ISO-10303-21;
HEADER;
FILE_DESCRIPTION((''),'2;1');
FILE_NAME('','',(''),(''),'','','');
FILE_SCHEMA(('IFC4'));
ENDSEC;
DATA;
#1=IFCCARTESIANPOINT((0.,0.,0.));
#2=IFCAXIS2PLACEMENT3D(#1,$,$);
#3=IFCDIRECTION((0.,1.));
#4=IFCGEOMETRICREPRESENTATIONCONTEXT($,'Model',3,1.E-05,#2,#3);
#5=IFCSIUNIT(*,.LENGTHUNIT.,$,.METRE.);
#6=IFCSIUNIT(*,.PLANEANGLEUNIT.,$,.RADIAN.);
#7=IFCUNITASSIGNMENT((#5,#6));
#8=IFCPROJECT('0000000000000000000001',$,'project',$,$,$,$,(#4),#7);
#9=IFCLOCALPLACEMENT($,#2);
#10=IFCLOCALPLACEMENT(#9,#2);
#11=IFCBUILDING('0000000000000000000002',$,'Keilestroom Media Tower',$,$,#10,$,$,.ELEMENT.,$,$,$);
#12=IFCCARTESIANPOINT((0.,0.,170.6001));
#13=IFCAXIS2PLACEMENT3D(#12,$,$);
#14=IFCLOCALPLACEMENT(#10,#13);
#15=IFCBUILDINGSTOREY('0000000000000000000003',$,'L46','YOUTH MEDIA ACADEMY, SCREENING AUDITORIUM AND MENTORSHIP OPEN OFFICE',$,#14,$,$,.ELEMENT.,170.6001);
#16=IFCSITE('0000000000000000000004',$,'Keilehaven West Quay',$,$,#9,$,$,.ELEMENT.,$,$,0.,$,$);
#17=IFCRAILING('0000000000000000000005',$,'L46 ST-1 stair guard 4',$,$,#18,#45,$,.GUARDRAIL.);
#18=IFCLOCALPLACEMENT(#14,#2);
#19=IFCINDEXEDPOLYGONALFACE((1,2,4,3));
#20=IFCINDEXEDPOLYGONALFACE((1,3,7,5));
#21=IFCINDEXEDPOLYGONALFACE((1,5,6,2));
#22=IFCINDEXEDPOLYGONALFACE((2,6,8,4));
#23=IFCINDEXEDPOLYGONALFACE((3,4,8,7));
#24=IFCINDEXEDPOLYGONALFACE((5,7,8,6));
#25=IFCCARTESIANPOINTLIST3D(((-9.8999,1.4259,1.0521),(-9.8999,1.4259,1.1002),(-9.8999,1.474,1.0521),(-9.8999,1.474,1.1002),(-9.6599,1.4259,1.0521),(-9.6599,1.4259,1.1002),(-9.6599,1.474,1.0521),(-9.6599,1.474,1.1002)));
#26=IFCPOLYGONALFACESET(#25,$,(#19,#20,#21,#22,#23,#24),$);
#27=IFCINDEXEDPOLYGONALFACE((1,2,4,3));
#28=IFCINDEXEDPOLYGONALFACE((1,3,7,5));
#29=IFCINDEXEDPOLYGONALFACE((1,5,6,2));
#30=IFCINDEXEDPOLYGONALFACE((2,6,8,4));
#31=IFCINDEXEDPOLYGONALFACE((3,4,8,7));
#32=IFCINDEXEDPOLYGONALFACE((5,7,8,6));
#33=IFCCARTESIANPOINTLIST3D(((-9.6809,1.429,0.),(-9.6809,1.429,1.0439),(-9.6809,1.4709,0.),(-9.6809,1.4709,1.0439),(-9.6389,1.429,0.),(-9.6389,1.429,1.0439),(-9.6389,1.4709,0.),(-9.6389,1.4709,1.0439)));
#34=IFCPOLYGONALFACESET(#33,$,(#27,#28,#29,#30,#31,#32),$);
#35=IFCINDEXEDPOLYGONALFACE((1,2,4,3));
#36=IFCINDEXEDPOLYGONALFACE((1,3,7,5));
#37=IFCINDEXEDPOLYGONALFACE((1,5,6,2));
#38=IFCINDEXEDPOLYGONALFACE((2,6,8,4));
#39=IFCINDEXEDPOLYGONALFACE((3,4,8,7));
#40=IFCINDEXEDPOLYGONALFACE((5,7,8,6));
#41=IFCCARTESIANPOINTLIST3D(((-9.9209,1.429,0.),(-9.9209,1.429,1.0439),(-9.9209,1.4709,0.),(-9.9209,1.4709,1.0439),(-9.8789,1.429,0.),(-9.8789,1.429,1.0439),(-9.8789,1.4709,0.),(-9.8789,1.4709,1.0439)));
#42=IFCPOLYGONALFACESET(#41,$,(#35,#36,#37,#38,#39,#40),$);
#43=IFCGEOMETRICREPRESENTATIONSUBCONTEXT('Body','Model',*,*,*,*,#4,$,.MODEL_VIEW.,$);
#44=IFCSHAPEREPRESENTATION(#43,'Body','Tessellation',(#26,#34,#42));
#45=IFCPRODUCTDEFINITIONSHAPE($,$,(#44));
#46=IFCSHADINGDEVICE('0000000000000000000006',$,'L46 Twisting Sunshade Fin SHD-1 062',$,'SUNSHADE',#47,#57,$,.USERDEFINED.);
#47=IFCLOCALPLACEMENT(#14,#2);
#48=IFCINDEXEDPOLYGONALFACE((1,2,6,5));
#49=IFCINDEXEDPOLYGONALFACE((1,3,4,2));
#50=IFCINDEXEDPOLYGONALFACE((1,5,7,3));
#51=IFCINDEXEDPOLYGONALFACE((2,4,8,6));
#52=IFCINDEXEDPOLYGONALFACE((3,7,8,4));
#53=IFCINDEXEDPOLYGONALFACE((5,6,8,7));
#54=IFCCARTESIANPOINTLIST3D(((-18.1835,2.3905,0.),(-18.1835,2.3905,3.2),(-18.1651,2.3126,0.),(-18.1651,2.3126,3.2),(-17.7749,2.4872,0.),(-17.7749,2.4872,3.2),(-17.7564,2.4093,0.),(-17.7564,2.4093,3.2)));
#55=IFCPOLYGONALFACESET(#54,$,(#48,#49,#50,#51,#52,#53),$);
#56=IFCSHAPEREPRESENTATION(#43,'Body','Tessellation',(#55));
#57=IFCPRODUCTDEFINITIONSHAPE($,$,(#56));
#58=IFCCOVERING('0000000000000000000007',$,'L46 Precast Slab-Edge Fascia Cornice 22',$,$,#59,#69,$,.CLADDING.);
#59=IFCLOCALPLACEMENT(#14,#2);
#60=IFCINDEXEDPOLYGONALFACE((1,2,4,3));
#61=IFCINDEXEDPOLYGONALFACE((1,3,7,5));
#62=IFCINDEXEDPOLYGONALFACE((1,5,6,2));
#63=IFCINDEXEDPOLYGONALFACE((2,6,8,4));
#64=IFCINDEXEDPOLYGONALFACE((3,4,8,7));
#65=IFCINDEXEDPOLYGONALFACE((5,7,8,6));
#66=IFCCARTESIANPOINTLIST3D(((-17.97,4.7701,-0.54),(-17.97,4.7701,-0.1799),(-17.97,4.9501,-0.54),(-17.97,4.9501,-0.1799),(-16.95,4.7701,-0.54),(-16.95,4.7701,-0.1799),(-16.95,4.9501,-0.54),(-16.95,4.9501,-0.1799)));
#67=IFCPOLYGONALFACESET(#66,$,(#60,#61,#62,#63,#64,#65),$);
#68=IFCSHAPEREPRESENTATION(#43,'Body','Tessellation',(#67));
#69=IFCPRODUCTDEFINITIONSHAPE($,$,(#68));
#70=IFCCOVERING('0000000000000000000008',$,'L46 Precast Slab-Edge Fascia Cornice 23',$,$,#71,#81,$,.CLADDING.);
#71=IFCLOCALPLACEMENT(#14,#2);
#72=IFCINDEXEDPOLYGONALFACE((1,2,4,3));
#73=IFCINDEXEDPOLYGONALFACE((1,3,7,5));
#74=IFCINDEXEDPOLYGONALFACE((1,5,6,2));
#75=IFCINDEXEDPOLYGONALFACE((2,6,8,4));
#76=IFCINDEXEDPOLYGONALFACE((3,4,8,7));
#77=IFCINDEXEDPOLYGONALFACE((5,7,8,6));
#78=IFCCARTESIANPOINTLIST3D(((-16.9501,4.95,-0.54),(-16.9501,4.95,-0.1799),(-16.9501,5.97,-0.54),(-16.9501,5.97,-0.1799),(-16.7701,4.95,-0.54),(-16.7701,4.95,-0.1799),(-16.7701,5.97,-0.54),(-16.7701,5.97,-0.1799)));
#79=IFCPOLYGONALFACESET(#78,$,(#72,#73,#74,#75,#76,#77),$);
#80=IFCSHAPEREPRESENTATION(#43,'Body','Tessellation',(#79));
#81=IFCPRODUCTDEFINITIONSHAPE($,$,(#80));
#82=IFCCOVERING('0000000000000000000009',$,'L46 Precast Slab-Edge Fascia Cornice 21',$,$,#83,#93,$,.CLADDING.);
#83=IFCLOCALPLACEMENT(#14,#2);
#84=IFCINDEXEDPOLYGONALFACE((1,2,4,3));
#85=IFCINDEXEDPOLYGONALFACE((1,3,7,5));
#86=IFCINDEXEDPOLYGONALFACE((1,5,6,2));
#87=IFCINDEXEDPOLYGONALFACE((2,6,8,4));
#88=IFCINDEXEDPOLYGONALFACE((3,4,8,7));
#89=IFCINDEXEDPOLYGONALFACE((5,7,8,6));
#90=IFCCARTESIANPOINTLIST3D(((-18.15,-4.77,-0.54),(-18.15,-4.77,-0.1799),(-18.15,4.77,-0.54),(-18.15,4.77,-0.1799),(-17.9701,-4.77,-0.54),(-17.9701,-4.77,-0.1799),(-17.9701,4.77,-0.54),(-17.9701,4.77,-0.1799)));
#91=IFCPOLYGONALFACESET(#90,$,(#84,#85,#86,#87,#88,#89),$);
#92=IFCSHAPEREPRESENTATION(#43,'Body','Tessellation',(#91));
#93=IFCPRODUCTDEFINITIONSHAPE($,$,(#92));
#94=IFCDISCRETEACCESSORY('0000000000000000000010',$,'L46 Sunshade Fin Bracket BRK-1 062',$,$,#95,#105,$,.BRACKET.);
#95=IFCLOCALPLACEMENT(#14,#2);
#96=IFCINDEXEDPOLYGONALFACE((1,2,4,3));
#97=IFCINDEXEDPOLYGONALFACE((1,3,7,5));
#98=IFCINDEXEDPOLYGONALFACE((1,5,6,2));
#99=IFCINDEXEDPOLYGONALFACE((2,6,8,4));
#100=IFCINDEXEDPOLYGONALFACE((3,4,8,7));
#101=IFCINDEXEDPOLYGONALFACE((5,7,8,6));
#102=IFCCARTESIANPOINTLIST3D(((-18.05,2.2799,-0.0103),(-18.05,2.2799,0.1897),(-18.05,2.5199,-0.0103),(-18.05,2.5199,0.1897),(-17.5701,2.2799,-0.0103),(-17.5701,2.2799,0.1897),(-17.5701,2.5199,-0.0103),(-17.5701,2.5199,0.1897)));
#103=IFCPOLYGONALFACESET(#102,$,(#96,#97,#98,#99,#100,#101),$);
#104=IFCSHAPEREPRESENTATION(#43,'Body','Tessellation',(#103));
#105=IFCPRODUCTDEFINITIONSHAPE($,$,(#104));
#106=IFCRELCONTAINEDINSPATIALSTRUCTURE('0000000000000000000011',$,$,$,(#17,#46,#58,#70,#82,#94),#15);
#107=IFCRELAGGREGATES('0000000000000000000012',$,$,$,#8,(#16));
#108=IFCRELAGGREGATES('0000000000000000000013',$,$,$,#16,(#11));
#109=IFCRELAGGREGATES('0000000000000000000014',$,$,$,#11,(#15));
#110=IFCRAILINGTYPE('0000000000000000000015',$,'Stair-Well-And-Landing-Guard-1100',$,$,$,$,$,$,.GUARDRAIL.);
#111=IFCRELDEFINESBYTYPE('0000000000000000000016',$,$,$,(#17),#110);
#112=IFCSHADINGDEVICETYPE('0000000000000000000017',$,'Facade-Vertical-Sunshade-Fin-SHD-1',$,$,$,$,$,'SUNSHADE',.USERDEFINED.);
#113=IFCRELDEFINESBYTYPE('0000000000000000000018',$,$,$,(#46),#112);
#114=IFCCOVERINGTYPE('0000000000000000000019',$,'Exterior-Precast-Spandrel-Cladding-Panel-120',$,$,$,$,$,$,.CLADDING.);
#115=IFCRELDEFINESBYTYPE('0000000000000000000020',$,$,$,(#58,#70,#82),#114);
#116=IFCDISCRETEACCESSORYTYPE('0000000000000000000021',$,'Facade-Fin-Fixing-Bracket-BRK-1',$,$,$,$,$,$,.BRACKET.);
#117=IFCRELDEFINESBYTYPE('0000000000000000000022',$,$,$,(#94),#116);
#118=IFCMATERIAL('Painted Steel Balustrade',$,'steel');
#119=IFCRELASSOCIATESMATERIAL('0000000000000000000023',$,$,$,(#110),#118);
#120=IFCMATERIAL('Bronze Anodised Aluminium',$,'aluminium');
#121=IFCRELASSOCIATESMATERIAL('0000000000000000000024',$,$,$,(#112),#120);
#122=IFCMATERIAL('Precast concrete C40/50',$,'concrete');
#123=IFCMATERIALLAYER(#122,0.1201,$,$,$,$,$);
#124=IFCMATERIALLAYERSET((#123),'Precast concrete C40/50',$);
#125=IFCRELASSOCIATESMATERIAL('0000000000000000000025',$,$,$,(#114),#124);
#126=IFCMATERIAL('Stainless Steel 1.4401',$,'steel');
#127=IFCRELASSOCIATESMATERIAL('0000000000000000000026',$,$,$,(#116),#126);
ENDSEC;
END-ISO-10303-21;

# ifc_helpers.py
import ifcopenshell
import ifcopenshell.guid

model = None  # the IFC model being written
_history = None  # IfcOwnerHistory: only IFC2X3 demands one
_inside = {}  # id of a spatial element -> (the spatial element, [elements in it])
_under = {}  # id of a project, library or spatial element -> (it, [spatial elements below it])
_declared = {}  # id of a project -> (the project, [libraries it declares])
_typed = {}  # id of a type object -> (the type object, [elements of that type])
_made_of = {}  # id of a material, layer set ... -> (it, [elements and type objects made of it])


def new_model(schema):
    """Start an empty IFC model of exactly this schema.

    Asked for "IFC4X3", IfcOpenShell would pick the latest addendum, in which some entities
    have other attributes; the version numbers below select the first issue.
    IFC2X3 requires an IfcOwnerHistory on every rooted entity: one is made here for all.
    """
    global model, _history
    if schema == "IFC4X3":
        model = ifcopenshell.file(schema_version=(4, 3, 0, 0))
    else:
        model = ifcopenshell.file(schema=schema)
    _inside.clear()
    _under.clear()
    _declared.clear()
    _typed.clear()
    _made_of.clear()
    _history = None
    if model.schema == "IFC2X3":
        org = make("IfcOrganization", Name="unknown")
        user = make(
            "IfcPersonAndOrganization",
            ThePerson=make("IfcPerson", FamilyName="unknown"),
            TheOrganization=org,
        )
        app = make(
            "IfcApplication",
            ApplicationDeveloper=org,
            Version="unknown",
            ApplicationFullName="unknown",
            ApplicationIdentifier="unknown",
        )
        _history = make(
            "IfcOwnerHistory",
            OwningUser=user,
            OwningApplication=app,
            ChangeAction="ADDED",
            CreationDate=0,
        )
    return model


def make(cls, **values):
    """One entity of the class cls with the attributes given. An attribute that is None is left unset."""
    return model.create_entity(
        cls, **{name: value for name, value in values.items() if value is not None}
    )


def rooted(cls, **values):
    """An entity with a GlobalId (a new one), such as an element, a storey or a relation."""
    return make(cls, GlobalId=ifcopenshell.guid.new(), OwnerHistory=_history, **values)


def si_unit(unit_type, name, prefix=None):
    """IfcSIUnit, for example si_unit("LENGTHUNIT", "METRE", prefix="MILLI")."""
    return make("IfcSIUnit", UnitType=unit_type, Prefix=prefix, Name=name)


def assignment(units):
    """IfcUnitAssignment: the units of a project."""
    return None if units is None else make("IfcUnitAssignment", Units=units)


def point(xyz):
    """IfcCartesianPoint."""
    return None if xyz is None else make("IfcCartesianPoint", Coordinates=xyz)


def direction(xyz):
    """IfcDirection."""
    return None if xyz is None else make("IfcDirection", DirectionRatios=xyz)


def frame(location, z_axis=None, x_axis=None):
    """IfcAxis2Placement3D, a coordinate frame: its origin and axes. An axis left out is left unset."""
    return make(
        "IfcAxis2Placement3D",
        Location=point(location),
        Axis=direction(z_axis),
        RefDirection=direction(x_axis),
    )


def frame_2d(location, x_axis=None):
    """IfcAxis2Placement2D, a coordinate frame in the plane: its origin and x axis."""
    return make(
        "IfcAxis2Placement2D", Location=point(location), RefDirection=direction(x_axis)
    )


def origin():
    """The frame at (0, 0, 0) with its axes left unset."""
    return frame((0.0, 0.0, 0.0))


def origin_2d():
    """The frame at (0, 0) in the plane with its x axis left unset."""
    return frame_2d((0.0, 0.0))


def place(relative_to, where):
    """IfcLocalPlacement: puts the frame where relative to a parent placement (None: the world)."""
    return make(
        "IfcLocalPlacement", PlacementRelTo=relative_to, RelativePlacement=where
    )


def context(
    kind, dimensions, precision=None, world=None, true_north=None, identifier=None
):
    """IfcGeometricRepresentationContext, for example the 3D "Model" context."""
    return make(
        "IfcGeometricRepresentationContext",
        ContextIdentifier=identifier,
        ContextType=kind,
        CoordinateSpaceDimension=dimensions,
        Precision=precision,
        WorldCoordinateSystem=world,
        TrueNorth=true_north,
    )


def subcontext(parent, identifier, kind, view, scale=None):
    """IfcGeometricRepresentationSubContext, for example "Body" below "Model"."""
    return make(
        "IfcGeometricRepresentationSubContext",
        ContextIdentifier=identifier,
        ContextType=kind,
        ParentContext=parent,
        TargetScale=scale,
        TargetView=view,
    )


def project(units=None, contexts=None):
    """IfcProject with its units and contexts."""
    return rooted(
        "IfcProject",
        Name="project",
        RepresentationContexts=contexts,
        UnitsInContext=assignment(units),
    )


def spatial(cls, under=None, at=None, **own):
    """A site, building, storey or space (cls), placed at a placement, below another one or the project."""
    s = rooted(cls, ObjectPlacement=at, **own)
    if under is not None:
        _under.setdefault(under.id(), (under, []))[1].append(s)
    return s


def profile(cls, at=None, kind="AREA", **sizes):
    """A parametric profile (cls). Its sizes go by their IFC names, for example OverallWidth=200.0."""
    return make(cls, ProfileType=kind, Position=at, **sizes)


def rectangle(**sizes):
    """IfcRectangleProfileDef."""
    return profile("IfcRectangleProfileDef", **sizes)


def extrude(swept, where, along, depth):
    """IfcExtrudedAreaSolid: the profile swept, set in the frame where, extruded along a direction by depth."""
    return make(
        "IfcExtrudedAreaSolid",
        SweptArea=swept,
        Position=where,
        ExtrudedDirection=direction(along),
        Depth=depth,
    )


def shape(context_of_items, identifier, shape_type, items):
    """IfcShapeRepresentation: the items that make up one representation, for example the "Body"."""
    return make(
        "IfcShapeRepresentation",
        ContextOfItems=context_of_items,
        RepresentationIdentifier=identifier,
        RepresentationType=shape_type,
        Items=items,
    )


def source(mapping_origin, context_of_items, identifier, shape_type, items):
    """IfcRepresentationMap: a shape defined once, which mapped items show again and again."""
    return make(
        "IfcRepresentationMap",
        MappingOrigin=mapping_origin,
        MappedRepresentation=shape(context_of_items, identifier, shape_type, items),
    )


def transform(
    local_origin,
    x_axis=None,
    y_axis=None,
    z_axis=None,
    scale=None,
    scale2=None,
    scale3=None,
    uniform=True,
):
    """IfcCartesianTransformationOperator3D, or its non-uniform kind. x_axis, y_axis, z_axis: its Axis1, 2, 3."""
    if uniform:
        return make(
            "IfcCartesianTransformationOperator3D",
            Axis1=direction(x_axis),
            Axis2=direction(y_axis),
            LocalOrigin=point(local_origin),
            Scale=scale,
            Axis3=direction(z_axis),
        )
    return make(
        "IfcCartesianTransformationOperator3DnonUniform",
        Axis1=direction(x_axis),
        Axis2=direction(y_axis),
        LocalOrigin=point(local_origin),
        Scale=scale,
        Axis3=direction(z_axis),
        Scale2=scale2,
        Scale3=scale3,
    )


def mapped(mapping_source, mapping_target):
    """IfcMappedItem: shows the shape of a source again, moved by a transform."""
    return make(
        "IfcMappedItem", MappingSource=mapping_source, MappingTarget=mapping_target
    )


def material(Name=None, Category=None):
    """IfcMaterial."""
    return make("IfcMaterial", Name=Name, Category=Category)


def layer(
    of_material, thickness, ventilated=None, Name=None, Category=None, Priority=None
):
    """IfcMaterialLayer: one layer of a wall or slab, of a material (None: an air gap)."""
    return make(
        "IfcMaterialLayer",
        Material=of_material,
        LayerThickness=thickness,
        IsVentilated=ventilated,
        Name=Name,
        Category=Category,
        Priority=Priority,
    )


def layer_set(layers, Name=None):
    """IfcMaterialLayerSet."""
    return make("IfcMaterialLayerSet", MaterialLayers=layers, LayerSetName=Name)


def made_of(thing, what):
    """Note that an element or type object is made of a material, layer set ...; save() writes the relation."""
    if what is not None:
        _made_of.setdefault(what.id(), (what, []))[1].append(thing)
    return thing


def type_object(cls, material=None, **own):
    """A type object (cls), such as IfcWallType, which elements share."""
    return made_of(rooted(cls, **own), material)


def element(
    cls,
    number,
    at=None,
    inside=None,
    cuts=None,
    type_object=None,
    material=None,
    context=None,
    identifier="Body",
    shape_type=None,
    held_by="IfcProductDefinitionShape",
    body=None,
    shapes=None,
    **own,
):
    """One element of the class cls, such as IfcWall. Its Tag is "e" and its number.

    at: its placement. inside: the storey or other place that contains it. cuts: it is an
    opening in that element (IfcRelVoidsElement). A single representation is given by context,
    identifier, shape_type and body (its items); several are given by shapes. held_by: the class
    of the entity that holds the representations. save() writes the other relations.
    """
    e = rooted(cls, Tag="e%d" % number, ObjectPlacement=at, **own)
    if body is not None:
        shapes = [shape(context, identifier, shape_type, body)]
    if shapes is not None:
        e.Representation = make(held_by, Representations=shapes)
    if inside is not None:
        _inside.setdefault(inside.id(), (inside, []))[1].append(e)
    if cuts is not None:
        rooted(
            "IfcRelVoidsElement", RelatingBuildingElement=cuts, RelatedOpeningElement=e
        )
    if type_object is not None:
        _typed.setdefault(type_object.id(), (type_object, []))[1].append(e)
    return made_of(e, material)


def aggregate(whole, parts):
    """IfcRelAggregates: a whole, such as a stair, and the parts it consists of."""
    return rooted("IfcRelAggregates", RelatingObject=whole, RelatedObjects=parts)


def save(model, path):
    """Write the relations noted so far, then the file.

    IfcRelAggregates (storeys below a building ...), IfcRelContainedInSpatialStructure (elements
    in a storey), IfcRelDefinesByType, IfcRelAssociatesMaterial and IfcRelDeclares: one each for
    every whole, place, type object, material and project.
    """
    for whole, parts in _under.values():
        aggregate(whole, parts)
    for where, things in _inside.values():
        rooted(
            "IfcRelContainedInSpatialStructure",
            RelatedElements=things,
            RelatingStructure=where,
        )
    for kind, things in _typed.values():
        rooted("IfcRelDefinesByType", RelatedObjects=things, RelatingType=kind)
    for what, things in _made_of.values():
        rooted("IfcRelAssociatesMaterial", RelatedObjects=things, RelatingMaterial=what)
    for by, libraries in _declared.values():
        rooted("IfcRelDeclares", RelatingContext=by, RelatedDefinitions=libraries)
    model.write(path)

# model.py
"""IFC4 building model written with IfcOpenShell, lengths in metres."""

from ifc_helpers import new_model, si_unit, direction, frame, origin, origin_2d, place, context, subcontext, project, spatial, rectangle, extrude, source, transform, mapped, material, layer, layer_set, type_object, element, save


model = new_model("IFC4")

# Units and contexts
model_context = context("Model", 3, precision=1e-05, world=origin(), true_north=direction((0.0, 1.0)))
body_context = subcontext(model_context, "Body", "Model", "MODEL_VIEW")
ifc_project = project(units=[si_unit("LENGTHUNIT", "METRE"), si_unit("PLANEANGLEUNIT", "RADIAN")], contexts=[model_context])

# Site, building, storey
site_placement = place(None, origin())
site = spatial("IfcSite", under=ifc_project, at=site_placement, Name="Keilehaven West Quay", CompositionType="ELEMENT", RefElevation=0.0)
building_placement = place(site_placement, origin())
building = spatial("IfcBuilding", under=site, at=building_placement, Name="Keilestroom Media Tower", CompositionType="ELEMENT")
storey_placement = place(building_placement, frame((0.0, 0.0, 170.6001)))
storey = spatial("IfcBuildingStorey", under=building, at=storey_placement, Name="L46", Description="YOUTH MEDIA ACADEMY, SCREENING AUDITORIUM AND MENTORSHIP OPEN OFFICE", CompositionType="ELEMENT", Elevation=170.6001)

# Shared definitions
ifc_material_1 = material(Name="Precast concrete C40/50", Category="concrete")

# Railing
ifc_material_2 = material(Name="Painted Steel Balustrade", Category="steel")
railing_type_1 = type_object("IfcRailingType", Name="Stair-Well-And-Landing-Guard-1100", PredefinedType="GUARDRAIL", material=ifc_material_2)
railing_1_placement = place(storey_placement, frame((-9.6599, 1.45, 0.0)))
element("IfcRailing", 1, at=railing_1_placement, inside=storey, type_object=railing_type_1, Name="L46 ST-1 stair guard 4", PredefinedType="GUARDRAIL", context=body_context, shape_type="SweptSolid", body=[
    extrude(rectangle(XDim=0.0481, YDim=0.0481, at=origin_2d()), frame((0.0, 0.0, 1.0762), z_axis=(-1.0, 0.0, 0.0), x_axis=(0.0, -1.0, 0.0)), (0.0, 0.0, 1.0), 0.24),
    extrude(rectangle(XDim=0.042, YDim=0.042, at=origin_2d()), origin(), (0.0, 0.0, 1.0), 1.0439),
    extrude(rectangle(XDim=0.042, YDim=0.042, at=origin_2d()), frame((-0.24, 0.0, 0.0)), (0.0, 0.0, 1.0), 1.0439),
])

# Shading device
ifc_material_3 = material(Name="Bronze Anodised Aluminium", Category="aluminium")
shading_device_type = type_object("IfcShadingDeviceType", Name="Facade-Vertical-Sunshade-Fin-SHD-1", ElementType="SUNSHADE", PredefinedType="USERDEFINED", material=ifc_material_3)
shared_shape_1 = source(origin(), body_context, "Body", "SweptSolid", [
    extrude(rectangle(XDim=0.4199, YDim=0.0801, at=origin_2d()), origin(), (0.0, 0.0, 1.0), 3.2),
])
shading_device_placement = place(storey_placement, frame((-17.97, 2.3999, 0.0), z_axis=(0.0, 0.0, 1.0), x_axis=(0.973099, 0.230389, 0.0)))
element("IfcShadingDevice", 2, at=shading_device_placement, inside=storey, type_object=shading_device_type, Name="L46 Twisting Sunshade Fin SHD-1 062", ObjectType="SUNSHADE", PredefinedType="USERDEFINED", context=body_context, shape_type="MappedRepresentation", body=[
    mapped(shared_shape_1, transform((0.0, 0.0, 0.0), x_axis=(1.0, 0.0, 0.0), y_axis=(0.0, 1.0, 0.0), z_axis=(0.0, 0.0, 1.0), scale=1.0)),
])

# Coverings
ifc_layer_1 = layer(ifc_material_1, 0.1201)
ifc_layer_set_1 = layer_set([ifc_layer_1], Name="Precast concrete C40/50")
covering_type = type_object("IfcCoveringType", Name="Exterior-Precast-Spandrel-Cladding-Panel-120", PredefinedType="CLADDING", material=ifc_layer_set_1)
shared_shape_2 = source(origin(), body_context, "Body", "SweptSolid", [
    extrude(rectangle(XDim=1.02, YDim=0.1799, at=origin_2d()), origin(), (0.0, 0.0, 1.0), 0.3601),
])
for number, where, z_axis, x_axis, name in (
    (3, (-17.46, 4.8601, -0.54), (0.0, 0.0, 1.0), (1.0, 0.0, 0.0), "L46 Precast Slab-Edge Fascia Cornice 22"),
    (4, (-16.8601, 5.46, -0.54), (0.0, 0.0, 1.0), (0.0, 1.0, 0.0), "L46 Precast Slab-Edge Fascia Cornice 23"),
):
    element("IfcCovering", number, at=place(storey_placement, frame(where, z_axis=z_axis, x_axis=x_axis)), inside=storey, type_object=covering_type, Name=name, PredefinedType="CLADDING", context=body_context, shape_type="MappedRepresentation", body=[
        mapped(shared_shape_2, transform((0.0, 0.0, 0.0), x_axis=(1.0, 0.0, 0.0), y_axis=(0.0, 1.0, 0.0), z_axis=(0.0, 0.0, 1.0), scale=1.0)),
    ])
shared_shape_3 = source(origin(), body_context, "Body", "SweptSolid", [
    extrude(rectangle(XDim=9.54, YDim=0.1799, at=origin_2d()), origin(), (0.0, 0.0, 1.0), 0.3601),
])
covering_placement = place(storey_placement, frame((-18.0601, 0.0, -0.54), z_axis=(0.0, 0.0, 1.0), x_axis=(0.0, 1.0, 0.0)))
element("IfcCovering", 5, at=covering_placement, inside=storey, type_object=covering_type, Name="L46 Precast Slab-Edge Fascia Cornice 21", PredefinedType="CLADDING", context=body_context, shape_type="MappedRepresentation", body=[
    mapped(shared_shape_3, transform((0.0, 0.0, 0.0), x_axis=(1.0, 0.0, 0.0), y_axis=(0.0, 1.0, 0.0), z_axis=(0.0, 0.0, 1.0), scale=1.0)),
])

# Discrete accessory
ifc_material_4 = material(Name="Stainless Steel 1.4401", Category="steel")
discrete_accessory_type = type_object("IfcDiscreteAccessoryType", Name="Facade-Fin-Fixing-Bracket-BRK-1", PredefinedType="BRACKET", material=ifc_material_4)
shared_shape_4 = source(origin(), body_context, "Body", "SweptSolid", [
    extrude(rectangle(XDim=0.48, YDim=0.24, at=origin_2d()), origin(), (0.0, 0.0, 1.0), 0.2),
])
discrete_accessory_placement = place(storey_placement, frame((-17.8101, 2.3999, -0.0103), z_axis=(0.0, 0.0, 1.0), x_axis=(1.0, 0.0, 0.0)))
element("IfcDiscreteAccessory", 6, at=discrete_accessory_placement, inside=storey, type_object=discrete_accessory_type, Name="L46 Sunshade Fin Bracket BRK-1 062", PredefinedType="BRACKET", context=body_context, shape_type="MappedRepresentation", body=[
    mapped(shared_shape_4, transform((0.0, 0.0, 0.0), x_axis=(1.0, 0.0, 0.0), y_axis=(0.0, 1.0, 0.0), z_axis=(0.0, 0.0, 1.0), scale=1.0)),
])

save(model, "model.ifc")
